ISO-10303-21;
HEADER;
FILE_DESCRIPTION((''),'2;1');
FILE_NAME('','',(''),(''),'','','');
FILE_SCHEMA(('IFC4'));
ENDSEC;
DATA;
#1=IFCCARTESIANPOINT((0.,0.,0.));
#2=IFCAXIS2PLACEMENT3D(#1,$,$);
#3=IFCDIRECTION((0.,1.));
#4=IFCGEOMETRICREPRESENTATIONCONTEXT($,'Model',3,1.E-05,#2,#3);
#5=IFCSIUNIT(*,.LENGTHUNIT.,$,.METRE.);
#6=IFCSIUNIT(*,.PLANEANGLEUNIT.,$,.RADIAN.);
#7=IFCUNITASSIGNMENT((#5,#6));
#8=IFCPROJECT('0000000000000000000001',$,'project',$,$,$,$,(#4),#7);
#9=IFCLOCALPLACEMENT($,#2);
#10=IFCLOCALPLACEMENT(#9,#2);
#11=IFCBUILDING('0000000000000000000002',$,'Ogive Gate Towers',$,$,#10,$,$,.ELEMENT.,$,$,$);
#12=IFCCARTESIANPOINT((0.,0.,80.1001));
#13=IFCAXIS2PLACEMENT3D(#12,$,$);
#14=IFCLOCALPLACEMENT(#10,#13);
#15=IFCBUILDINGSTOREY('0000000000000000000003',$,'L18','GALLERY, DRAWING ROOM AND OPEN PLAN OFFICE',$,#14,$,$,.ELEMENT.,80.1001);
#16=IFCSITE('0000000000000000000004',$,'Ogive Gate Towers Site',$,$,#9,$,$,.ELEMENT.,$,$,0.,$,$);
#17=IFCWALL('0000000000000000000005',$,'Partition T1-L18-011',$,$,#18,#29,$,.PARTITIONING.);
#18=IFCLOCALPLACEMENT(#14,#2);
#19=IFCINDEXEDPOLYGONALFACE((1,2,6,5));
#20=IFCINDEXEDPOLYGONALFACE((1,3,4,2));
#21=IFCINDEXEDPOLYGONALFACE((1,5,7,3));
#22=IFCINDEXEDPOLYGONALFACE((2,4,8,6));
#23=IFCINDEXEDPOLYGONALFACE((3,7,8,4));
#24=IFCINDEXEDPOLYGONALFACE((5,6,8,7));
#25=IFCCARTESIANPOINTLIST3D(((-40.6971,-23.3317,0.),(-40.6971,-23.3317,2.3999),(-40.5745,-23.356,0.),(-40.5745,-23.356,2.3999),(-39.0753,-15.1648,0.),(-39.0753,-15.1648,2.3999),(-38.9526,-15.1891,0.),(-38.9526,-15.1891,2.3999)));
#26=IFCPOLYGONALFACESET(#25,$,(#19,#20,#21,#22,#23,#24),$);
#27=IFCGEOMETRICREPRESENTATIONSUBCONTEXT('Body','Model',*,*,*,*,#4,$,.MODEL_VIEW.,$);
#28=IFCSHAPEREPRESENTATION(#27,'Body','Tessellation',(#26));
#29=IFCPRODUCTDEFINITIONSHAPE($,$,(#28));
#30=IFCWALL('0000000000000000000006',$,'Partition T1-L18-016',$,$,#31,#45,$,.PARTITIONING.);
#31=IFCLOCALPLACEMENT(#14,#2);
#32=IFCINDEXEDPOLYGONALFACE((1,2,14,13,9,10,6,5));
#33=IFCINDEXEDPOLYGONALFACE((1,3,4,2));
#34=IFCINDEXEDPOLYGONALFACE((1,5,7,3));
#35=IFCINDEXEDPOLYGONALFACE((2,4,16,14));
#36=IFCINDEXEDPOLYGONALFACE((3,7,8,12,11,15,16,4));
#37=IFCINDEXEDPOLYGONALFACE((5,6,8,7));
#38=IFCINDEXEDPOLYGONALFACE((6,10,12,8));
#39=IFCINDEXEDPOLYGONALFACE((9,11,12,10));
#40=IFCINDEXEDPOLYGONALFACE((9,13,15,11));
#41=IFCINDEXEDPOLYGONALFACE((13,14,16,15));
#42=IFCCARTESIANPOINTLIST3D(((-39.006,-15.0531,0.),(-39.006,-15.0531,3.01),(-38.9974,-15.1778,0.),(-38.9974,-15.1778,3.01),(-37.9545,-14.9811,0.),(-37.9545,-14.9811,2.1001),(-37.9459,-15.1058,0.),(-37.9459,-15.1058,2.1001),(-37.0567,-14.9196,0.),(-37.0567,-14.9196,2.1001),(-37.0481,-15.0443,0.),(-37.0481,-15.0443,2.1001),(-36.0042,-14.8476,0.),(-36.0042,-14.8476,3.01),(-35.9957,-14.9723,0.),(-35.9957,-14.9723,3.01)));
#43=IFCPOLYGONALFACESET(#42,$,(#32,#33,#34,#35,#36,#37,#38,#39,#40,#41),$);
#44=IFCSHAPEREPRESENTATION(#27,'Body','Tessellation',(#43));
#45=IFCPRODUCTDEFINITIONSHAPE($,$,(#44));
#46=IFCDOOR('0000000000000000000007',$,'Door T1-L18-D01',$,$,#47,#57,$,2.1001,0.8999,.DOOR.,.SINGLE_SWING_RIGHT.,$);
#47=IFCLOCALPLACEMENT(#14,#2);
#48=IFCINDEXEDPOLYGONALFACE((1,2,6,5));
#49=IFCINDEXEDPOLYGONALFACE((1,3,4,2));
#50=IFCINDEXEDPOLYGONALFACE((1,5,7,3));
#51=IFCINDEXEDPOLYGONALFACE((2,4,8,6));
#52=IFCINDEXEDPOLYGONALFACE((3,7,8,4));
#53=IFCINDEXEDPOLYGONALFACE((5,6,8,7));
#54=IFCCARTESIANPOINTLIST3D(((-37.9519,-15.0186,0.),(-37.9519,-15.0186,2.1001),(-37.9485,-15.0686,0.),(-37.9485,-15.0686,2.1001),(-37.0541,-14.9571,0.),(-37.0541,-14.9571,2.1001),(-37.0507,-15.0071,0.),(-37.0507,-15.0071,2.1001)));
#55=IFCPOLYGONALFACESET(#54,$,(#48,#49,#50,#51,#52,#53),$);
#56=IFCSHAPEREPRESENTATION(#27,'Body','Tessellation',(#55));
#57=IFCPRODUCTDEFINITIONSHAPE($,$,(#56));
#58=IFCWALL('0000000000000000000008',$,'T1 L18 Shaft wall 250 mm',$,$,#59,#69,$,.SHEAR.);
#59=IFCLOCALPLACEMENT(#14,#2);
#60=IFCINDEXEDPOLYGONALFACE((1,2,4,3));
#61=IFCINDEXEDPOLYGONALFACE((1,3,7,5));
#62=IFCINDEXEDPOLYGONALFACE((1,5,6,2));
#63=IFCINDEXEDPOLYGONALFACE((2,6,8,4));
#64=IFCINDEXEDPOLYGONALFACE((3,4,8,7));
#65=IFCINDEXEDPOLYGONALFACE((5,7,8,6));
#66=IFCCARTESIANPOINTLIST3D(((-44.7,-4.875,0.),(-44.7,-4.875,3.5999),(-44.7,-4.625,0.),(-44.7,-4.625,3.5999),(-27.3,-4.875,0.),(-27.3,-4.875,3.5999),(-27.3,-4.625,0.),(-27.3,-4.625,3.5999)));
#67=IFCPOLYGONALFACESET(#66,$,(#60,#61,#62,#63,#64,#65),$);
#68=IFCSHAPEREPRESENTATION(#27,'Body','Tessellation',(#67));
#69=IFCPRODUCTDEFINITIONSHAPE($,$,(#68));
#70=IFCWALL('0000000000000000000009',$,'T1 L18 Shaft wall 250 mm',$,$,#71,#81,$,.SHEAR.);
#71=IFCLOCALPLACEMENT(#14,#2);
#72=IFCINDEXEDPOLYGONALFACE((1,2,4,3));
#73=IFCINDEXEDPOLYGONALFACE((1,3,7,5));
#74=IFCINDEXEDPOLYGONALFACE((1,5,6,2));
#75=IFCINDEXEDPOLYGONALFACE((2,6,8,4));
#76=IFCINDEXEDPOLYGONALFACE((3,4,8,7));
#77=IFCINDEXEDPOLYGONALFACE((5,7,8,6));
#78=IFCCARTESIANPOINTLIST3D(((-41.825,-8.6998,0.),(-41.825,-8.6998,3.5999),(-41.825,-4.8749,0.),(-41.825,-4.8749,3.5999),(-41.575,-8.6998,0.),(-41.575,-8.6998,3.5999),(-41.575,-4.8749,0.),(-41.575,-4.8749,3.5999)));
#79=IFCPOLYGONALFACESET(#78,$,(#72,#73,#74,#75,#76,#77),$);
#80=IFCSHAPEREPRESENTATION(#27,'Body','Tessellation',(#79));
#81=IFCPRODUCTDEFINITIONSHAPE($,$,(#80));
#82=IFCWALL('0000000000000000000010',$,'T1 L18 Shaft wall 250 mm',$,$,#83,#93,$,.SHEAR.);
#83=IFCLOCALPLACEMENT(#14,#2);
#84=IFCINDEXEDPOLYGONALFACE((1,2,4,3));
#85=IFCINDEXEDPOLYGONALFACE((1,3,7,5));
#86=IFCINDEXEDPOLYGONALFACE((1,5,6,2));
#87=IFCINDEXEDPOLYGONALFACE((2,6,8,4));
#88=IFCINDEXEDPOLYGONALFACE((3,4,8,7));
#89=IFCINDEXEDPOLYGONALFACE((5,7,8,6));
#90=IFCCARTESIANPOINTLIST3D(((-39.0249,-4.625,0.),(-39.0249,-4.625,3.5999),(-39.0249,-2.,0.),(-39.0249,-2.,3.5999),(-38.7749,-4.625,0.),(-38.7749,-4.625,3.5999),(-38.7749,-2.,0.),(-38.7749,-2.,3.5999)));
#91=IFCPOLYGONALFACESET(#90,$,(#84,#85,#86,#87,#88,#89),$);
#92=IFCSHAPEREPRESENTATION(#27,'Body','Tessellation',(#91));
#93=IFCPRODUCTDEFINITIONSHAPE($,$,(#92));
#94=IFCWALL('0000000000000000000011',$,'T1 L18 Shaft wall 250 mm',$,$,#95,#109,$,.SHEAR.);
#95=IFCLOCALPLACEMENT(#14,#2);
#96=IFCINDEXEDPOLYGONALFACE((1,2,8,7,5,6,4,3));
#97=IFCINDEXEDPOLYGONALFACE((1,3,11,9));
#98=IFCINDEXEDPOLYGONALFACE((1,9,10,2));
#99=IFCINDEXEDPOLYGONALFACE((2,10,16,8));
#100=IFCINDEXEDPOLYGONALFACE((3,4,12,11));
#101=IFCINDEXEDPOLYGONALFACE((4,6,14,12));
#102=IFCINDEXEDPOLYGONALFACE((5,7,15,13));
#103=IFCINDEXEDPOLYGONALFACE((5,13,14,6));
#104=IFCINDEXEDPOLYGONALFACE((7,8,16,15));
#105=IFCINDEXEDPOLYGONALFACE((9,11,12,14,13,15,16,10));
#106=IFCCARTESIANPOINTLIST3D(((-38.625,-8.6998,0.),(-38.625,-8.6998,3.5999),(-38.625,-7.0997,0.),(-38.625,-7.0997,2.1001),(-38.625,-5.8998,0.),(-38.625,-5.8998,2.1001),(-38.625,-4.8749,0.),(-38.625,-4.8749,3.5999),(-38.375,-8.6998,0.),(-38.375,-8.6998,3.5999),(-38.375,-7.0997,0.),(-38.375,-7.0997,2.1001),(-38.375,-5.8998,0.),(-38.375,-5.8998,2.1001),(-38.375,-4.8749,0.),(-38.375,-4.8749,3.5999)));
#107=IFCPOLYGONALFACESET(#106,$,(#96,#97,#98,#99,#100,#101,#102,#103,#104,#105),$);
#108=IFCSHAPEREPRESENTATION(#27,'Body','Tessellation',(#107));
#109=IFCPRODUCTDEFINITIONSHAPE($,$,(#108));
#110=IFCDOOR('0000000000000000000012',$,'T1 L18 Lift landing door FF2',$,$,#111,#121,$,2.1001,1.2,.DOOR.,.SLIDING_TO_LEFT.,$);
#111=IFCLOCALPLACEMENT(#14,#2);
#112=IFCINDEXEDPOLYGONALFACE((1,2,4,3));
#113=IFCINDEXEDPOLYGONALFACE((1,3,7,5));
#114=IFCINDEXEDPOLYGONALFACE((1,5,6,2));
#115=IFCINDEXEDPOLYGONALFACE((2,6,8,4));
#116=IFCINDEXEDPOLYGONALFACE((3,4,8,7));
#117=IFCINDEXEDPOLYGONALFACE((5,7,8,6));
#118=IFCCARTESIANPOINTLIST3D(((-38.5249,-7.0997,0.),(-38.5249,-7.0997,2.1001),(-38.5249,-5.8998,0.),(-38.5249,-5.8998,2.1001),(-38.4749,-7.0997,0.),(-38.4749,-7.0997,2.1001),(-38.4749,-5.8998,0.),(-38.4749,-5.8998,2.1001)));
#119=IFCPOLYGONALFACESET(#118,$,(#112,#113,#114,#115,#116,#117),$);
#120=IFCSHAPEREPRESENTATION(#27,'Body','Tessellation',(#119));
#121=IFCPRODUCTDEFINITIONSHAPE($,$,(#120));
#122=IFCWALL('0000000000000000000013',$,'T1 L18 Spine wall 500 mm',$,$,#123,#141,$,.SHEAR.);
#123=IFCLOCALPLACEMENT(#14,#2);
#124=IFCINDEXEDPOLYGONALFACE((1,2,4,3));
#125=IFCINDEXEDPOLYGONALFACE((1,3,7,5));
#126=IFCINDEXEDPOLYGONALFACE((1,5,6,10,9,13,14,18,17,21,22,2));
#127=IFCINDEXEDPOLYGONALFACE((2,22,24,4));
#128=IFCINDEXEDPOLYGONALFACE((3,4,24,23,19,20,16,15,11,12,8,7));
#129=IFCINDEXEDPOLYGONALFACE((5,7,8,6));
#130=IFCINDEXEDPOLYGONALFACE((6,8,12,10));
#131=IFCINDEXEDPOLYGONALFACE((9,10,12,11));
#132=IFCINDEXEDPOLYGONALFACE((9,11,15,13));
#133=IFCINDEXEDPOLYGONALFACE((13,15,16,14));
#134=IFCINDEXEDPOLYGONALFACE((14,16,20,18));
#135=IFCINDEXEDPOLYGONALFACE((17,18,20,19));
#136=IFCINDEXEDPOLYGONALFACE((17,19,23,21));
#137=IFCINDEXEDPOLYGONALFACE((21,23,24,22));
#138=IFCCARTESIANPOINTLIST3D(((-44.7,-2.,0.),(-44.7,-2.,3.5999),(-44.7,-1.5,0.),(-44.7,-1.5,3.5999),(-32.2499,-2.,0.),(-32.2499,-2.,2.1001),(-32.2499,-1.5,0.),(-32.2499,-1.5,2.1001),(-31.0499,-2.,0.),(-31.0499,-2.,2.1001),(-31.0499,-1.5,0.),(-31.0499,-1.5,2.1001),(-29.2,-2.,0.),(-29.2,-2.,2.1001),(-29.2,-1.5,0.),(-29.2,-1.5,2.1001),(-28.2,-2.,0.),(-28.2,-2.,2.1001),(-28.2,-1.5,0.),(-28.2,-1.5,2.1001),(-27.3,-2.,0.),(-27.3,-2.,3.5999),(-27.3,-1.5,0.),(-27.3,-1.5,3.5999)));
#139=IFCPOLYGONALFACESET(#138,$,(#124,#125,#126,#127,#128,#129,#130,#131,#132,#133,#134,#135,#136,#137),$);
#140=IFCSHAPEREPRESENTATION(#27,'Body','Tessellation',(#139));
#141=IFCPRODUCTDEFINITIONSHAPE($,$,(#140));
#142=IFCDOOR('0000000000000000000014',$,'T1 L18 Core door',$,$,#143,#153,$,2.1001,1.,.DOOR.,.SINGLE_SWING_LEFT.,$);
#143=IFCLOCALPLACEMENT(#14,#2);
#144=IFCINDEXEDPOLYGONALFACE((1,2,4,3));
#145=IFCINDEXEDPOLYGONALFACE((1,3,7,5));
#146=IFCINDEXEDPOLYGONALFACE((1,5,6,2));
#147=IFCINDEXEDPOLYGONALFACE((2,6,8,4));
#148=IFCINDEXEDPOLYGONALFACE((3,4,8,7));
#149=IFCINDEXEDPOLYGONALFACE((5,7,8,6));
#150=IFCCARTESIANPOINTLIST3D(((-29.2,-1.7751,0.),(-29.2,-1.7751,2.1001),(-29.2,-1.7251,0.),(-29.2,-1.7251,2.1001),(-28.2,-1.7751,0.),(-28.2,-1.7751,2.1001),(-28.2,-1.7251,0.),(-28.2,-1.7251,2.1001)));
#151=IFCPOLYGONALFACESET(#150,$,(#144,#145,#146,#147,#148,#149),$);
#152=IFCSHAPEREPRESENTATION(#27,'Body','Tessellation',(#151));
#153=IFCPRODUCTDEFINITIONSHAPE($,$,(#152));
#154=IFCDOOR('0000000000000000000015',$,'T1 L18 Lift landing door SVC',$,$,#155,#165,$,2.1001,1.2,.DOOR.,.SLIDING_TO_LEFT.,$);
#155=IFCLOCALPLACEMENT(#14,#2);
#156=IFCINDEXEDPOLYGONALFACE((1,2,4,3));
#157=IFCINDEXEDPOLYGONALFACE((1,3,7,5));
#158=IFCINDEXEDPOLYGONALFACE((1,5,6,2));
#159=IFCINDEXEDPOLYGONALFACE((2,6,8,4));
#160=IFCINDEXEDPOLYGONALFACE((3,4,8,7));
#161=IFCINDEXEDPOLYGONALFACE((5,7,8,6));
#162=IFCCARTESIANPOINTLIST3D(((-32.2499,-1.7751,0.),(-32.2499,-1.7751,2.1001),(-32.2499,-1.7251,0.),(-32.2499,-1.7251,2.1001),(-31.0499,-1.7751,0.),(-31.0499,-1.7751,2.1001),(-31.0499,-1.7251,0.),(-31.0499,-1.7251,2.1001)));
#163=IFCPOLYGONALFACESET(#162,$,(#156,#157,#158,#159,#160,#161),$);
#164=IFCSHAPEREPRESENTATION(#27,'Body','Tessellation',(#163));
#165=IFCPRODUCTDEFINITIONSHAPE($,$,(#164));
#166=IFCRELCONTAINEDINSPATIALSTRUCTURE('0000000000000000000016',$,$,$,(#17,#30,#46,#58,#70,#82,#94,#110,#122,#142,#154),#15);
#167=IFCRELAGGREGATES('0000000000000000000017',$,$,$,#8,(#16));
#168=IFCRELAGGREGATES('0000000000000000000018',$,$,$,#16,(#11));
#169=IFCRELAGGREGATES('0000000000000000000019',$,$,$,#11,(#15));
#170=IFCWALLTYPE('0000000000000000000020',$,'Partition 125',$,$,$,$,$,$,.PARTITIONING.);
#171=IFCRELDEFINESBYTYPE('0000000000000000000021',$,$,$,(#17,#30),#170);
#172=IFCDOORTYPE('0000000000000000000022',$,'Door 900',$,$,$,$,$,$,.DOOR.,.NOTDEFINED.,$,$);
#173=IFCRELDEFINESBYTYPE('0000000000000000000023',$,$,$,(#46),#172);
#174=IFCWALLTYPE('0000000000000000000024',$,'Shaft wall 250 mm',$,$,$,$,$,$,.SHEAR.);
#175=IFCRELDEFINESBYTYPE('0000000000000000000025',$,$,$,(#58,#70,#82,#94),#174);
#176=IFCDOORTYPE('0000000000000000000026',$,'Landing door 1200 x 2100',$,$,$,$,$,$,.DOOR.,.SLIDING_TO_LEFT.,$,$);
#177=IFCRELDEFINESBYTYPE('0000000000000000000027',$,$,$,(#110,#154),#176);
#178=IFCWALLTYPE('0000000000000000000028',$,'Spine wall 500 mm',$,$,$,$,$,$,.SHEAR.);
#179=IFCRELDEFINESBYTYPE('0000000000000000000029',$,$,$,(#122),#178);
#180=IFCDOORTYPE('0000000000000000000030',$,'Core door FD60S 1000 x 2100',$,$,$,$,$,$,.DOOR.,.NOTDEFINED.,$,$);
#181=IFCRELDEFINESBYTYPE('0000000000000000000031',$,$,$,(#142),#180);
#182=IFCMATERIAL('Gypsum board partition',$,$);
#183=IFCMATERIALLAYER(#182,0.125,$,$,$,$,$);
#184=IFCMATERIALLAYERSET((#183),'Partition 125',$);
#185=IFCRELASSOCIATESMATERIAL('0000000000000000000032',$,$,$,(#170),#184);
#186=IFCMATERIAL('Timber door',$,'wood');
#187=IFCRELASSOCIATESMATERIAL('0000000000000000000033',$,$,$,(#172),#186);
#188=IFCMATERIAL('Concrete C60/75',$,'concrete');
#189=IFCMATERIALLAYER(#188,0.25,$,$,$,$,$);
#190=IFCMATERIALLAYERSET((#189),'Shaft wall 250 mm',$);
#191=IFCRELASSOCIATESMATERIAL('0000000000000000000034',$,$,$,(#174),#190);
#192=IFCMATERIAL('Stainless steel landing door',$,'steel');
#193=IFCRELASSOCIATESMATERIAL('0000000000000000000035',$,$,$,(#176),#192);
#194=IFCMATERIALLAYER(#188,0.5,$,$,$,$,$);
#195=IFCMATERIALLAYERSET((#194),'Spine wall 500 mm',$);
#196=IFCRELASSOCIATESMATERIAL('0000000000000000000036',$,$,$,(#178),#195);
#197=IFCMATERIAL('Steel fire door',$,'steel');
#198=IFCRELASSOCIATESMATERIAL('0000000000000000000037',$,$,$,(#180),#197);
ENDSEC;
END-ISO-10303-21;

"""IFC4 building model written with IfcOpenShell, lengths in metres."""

from ifc_helpers import new_model, si_unit, direction, frame, frame_2d, origin, place, context, subcontext, project, spatial, rectangle, extrude, material, layer, layer_set, type_object, element, fill, save


model = new_model("IFC4")

# Units and contexts
model_context = context("Model", 3, precision=1e-05, world=origin(), true_north=direction((0.0, 1.0)))
body_context = subcontext(model_context, "Body", "Model", "MODEL_VIEW")
ifc_project = project(units=[si_unit("LENGTHUNIT", "METRE"), si_unit("PLANEANGLEUNIT", "RADIAN")], contexts=[model_context])

# Site, building, storey
site_placement = place(None, origin())
site = spatial("IfcSite", under=ifc_project, at=site_placement, Name="Ogive Gate Towers Site", CompositionType="ELEMENT", RefElevation=0.0)
building_placement = place(site_placement, origin())
building = spatial("IfcBuilding", under=site, at=building_placement, Name="Ogive Gate Towers", CompositionType="ELEMENT")
storey_placement = place(building_placement, frame((0.0, 0.0, 80.1001)))
storey = spatial("IfcBuildingStorey", under=building, at=storey_placement, Name="L18", Description="GALLERY, DRAWING ROOM AND OPEN PLAN OFFICE", CompositionType="ELEMENT", Elevation=80.1001)

# Wall
ifc_material_1 = material(Name="Gypsum board partition")
ifc_layer_1 = layer(ifc_material_1, 0.125)
ifc_layer_set_1 = layer_set([ifc_layer_1], Name="Partition 125")
wall_type_1 = type_object("IfcWallType", Name="Partition 125", PredefinedType="PARTITIONING", material=ifc_layer_set_1)
wall_1_placement = place(storey_placement, frame((-40.6357, -23.3438, 0.0), z_axis=(0.0, 0.0, 1.0), x_axis=(0.19478, 0.980847, 0.0)))
element("IfcWall", 1, at=wall_1_placement, inside=storey, type_object=wall_type_1, Name="Partition T1-L18-011", PredefinedType="PARTITIONING", context=body_context, shape_type="SweptSolid", body=[
    extrude(rectangle(XDim=8.3264, YDim=0.125, at=frame_2d((4.1631, 0.0))), origin(), (0.0, 0.0, 1.0), 2.3999),
])

# Wall, opening, door
wall_2_placement = place(storey_placement, frame((-39.0017, -15.1155, 0.0), z_axis=(0.0, 0.0, 1.0), x_axis=(0.997663, 0.068323, 0.0)))
wall_2 = element("IfcWall", 2, at=wall_2_placement, inside=storey, type_object=wall_type_1, Name="Partition T1-L18-016", PredefinedType="PARTITIONING", context=body_context, shape_type="SweptSolid", body=[
    extrude(rectangle(XDim=3.0088, YDim=0.125, at=frame_2d((1.5044, 0.0))), origin(), (0.0, 0.0, 1.0), 3.01),
])
opening_1_placement = place(wall_2_placement, frame((1.054, 0.0, 0.0)))
opening_1 = element("IfcOpeningElement", 3, at=opening_1_placement, cuts=wall_2, PredefinedType="OPENING", context=body_context, shape_type="SweptSolid", body=[
    extrude(rectangle(XDim=0.8999, YDim=2.1001, at=frame_2d((0.45, 1.05))), frame((0.0, 0.0725, 0.0), z_axis=(0.0, -1.0, 0.0), x_axis=(1.0, 0.0, 0.0)), (0.0, 0.0, 1.0), 0.145),
])
ifc_material_2 = material(Name="Timber door", Category="wood")
door_type_1 = type_object("IfcDoorType", Name="Door 900", OperationType="NOTDEFINED", PredefinedType="DOOR", material=ifc_material_2)
door_1_placement = place(opening_1_placement, origin())
door_1 = element("IfcDoor", 4, at=door_1_placement, inside=storey, type_object=door_type_1, Name="Door T1-L18-D01", OperationType="SINGLE_SWING_RIGHT", OverallHeight=2.1001, OverallWidth=0.8999, PredefinedType="DOOR", context=body_context, shape_type="SweptSolid", body=[
    extrude(rectangle(XDim=0.8999, YDim=2.1001, at=frame_2d((0.45, 1.05))), frame((0.0, 0.0249, 0.0), z_axis=(0.0, -1.0, 0.0), x_axis=(1.0, 0.0, 0.0)), (0.0, 0.0, 1.0), 0.05),
])
fill(opening_1, door_1)

# Walls
ifc_material_3 = material(Name="Concrete C60/75", Category="concrete")
ifc_layer_2 = layer(ifc_material_3, 0.25)
ifc_layer_set_2 = layer_set([ifc_layer_2], Name="Shaft wall 250 mm")
wall_type_2 = type_object("IfcWallType", Name="Shaft wall 250 mm", PredefinedType="SHEAR", material=ifc_layer_set_2)
wall_3_placement = place(storey_placement, frame((-44.7, -4.75, 0.0), z_axis=(0.0, 0.0, 1.0), x_axis=(1.0, 0.0, 0.0)))
element("IfcWall", 5, at=wall_3_placement, inside=storey, type_object=wall_type_2, Name="T1 L18 Shaft wall 250 mm", PredefinedType="SHEAR", context=body_context, shape_type="SweptSolid", body=[
    extrude(rectangle(XDim=17.3999, YDim=0.25, at=frame_2d((8.7, 0.0))), origin(), (0.0, 0.0, 1.0), 3.5999),
])
wall_4_placement = place(storey_placement, frame((-41.7, -8.7, 0.0), z_axis=(0.0, 0.0, 1.0), x_axis=(0.0, 1.0, 0.0)))
element("IfcWall", 6, at=wall_4_placement, inside=storey, type_object=wall_type_2, Name="T1 L18 Shaft wall 250 mm", PredefinedType="SHEAR", context=body_context, shape_type="SweptSolid", body=[
    extrude(rectangle(XDim=3.825, YDim=0.25, at=frame_2d((1.9126, 0.0))), origin(), (0.0, 0.0, 1.0), 3.5999),
])
wall_5_placement = place(storey_placement, frame((-38.8999, -4.625, 0.0), z_axis=(0.0, 0.0, 1.0), x_axis=(0.0, 1.0, 0.0)))
element("IfcWall", 7, at=wall_5_placement, inside=storey, type_object=wall_type_2, Name="T1 L18 Shaft wall 250 mm", PredefinedType="SHEAR", context=body_context, shape_type="SweptSolid", body=[
    extrude(rectangle(XDim=2.625, YDim=0.25, at=frame_2d((1.3125, 0.0))), origin(), (0.0, 0.0, 1.0), 3.5999),
])

# Wall, opening, door
wall_6_placement = place(storey_placement, frame((-38.5, -8.7, 0.0), z_axis=(0.0, 0.0, 1.0), x_axis=(0.0, 1.0, 0.0)))
wall_6 = element("IfcWall", 8, at=wall_6_placement, inside=storey, type_object=wall_type_2, Name="T1 L18 Shaft wall 250 mm", PredefinedType="SHEAR", context=body_context, shape_type="SweptSolid", body=[
    extrude(rectangle(XDim=3.825, YDim=0.25, at=frame_2d((1.9126, 0.0))), origin(), (0.0, 0.0, 1.0), 3.5999),
])
opening_2_placement = place(wall_6_placement, frame((1.6001, 0.0, 0.0)))
opening_2 = element("IfcOpeningElement", 9, at=opening_2_placement, cuts=wall_6, PredefinedType="OPENING", context=body_context, shape_type="SweptSolid", body=[
    extrude(rectangle(XDim=1.2, YDim=2.1001, at=frame_2d((0.6001, 1.05))), frame((0.0, 0.135, 0.0), z_axis=(0.0, -1.0, 0.0), x_axis=(1.0, 0.0, 0.0)), (0.0, 0.0, 1.0), 0.27),
])
ifc_material_4 = material(Name="Stainless steel landing door", Category="steel")
door_type_2 = type_object("IfcDoorType", Name="Landing door 1200 x 2100", OperationType="SLIDING_TO_LEFT", PredefinedType="DOOR", material=ifc_material_4)
door_2_placement = place(opening_2_placement, origin())
door_2 = element("IfcDoor", 10, at=door_2_placement, inside=storey, type_object=door_type_2, Name="T1 L18 Lift landing door FF2", OperationType="SLIDING_TO_LEFT", OverallHeight=2.1001, OverallWidth=1.2, PredefinedType="DOOR", context=body_context, shape_type="SweptSolid", body=[
    extrude(rectangle(XDim=1.2, YDim=2.1001, at=frame_2d((0.6001, 1.05))), frame((0.0, 0.0249, 0.0), z_axis=(0.0, -1.0, 0.0), x_axis=(1.0, 0.0, 0.0)), (0.0, 0.0, 1.0), 0.05),
])
fill(opening_2, door_2)

# Wall, openings, doors
ifc_layer_3 = layer(ifc_material_3, 0.5)
ifc_layer_set_3 = layer_set([ifc_layer_3], Name="Spine wall 500 mm")
wall_type_3 = type_object("IfcWallType", Name="Spine wall 500 mm", PredefinedType="SHEAR", material=ifc_layer_set_3)
wall_7_placement = place(storey_placement, frame((-44.7, -1.75, 0.0), z_axis=(0.0, 0.0, 1.0), x_axis=(1.0, 0.0, 0.0)))
wall_7 = element("IfcWall", 11, at=wall_7_placement, inside=storey, type_object=wall_type_3, Name="T1 L18 Spine wall 500 mm", PredefinedType="SHEAR", context=body_context, shape_type="SweptSolid", body=[
    extrude(rectangle(XDim=17.3999, YDim=0.5, at=frame_2d((8.7, 0.0))), origin(), (0.0, 0.0, 1.0), 3.5999),
])
opening_3_placement = place(wall_7_placement, frame((12.45, 0.0, 0.0)))
opening_3 = element("IfcOpeningElement", 12, at=opening_3_placement, cuts=wall_7, PredefinedType="OPENING", context=body_context, shape_type="SweptSolid", body=[
    extrude(rectangle(XDim=1.2, YDim=2.1001, at=frame_2d((0.6001, 1.05))), frame((0.0, 0.26, 0.0), z_axis=(0.0, -1.0, 0.0), x_axis=(1.0, 0.0, 0.0)), (0.0, 0.0, 1.0), 0.52),
])
opening_4_placement = place(wall_7_placement, frame((15.5, 0.0, 0.0)))
opening_4 = element("IfcOpeningElement", 13, at=opening_4_placement, cuts=wall_7, PredefinedType="OPENING", context=body_context, shape_type="SweptSolid", body=[
    extrude(rectangle(XDim=1.0, YDim=2.1001, at=frame_2d((0.5, 1.05))), frame((0.0, 0.26, 0.0), z_axis=(0.0, -1.0, 0.0), x_axis=(1.0, 0.0, 0.0)), (0.0, 0.0, 1.0), 0.52),
])
ifc_material_5 = material(Name="Steel fire door", Category="steel")
door_type_3 = type_object("IfcDoorType", Name="Core door FD60S 1000 x 2100", OperationType="NOTDEFINED", PredefinedType="DOOR", material=ifc_material_5)
door_3_placement = place(opening_4_placement, origin())
door_3 = element("IfcDoor", 14, at=door_3_placement, inside=storey, type_object=door_type_3, Name="T1 L18 Core door", OperationType="SINGLE_SWING_LEFT", OverallHeight=2.1001, OverallWidth=1.0, PredefinedType="DOOR", context=body_context, shape_type="SweptSolid", body=[
    extrude(rectangle(XDim=1.0, YDim=2.1001, at=frame_2d((0.5, 1.05))), frame((0.0, 0.0249, 0.0), z_axis=(0.0, -1.0, 0.0), x_axis=(1.0, 0.0, 0.0)), (0.0, 0.0, 1.0), 0.05),
])
fill(opening_4, door_3)
door_4_placement = place(opening_3_placement, origin())
door_4 = element("IfcDoor", 15, at=door_4_placement, inside=storey, type_object=door_type_2, Name="T1 L18 Lift landing door SVC", OperationType="SLIDING_TO_LEFT", OverallHeight=2.1001, OverallWidth=1.2, PredefinedType="DOOR", context=body_context, shape_type="SweptSolid", body=[
    extrude(rectangle(XDim=1.2, YDim=2.1001, at=frame_2d((0.6001, 1.05))), frame((0.0, 0.0249, 0.0), z_axis=(0.0, -1.0, 0.0), x_axis=(1.0, 0.0, 0.0)), (0.0, 0.0, 1.0), 0.05),
])
fill(opening_3, door_4)

save(model, "model.ifc")
